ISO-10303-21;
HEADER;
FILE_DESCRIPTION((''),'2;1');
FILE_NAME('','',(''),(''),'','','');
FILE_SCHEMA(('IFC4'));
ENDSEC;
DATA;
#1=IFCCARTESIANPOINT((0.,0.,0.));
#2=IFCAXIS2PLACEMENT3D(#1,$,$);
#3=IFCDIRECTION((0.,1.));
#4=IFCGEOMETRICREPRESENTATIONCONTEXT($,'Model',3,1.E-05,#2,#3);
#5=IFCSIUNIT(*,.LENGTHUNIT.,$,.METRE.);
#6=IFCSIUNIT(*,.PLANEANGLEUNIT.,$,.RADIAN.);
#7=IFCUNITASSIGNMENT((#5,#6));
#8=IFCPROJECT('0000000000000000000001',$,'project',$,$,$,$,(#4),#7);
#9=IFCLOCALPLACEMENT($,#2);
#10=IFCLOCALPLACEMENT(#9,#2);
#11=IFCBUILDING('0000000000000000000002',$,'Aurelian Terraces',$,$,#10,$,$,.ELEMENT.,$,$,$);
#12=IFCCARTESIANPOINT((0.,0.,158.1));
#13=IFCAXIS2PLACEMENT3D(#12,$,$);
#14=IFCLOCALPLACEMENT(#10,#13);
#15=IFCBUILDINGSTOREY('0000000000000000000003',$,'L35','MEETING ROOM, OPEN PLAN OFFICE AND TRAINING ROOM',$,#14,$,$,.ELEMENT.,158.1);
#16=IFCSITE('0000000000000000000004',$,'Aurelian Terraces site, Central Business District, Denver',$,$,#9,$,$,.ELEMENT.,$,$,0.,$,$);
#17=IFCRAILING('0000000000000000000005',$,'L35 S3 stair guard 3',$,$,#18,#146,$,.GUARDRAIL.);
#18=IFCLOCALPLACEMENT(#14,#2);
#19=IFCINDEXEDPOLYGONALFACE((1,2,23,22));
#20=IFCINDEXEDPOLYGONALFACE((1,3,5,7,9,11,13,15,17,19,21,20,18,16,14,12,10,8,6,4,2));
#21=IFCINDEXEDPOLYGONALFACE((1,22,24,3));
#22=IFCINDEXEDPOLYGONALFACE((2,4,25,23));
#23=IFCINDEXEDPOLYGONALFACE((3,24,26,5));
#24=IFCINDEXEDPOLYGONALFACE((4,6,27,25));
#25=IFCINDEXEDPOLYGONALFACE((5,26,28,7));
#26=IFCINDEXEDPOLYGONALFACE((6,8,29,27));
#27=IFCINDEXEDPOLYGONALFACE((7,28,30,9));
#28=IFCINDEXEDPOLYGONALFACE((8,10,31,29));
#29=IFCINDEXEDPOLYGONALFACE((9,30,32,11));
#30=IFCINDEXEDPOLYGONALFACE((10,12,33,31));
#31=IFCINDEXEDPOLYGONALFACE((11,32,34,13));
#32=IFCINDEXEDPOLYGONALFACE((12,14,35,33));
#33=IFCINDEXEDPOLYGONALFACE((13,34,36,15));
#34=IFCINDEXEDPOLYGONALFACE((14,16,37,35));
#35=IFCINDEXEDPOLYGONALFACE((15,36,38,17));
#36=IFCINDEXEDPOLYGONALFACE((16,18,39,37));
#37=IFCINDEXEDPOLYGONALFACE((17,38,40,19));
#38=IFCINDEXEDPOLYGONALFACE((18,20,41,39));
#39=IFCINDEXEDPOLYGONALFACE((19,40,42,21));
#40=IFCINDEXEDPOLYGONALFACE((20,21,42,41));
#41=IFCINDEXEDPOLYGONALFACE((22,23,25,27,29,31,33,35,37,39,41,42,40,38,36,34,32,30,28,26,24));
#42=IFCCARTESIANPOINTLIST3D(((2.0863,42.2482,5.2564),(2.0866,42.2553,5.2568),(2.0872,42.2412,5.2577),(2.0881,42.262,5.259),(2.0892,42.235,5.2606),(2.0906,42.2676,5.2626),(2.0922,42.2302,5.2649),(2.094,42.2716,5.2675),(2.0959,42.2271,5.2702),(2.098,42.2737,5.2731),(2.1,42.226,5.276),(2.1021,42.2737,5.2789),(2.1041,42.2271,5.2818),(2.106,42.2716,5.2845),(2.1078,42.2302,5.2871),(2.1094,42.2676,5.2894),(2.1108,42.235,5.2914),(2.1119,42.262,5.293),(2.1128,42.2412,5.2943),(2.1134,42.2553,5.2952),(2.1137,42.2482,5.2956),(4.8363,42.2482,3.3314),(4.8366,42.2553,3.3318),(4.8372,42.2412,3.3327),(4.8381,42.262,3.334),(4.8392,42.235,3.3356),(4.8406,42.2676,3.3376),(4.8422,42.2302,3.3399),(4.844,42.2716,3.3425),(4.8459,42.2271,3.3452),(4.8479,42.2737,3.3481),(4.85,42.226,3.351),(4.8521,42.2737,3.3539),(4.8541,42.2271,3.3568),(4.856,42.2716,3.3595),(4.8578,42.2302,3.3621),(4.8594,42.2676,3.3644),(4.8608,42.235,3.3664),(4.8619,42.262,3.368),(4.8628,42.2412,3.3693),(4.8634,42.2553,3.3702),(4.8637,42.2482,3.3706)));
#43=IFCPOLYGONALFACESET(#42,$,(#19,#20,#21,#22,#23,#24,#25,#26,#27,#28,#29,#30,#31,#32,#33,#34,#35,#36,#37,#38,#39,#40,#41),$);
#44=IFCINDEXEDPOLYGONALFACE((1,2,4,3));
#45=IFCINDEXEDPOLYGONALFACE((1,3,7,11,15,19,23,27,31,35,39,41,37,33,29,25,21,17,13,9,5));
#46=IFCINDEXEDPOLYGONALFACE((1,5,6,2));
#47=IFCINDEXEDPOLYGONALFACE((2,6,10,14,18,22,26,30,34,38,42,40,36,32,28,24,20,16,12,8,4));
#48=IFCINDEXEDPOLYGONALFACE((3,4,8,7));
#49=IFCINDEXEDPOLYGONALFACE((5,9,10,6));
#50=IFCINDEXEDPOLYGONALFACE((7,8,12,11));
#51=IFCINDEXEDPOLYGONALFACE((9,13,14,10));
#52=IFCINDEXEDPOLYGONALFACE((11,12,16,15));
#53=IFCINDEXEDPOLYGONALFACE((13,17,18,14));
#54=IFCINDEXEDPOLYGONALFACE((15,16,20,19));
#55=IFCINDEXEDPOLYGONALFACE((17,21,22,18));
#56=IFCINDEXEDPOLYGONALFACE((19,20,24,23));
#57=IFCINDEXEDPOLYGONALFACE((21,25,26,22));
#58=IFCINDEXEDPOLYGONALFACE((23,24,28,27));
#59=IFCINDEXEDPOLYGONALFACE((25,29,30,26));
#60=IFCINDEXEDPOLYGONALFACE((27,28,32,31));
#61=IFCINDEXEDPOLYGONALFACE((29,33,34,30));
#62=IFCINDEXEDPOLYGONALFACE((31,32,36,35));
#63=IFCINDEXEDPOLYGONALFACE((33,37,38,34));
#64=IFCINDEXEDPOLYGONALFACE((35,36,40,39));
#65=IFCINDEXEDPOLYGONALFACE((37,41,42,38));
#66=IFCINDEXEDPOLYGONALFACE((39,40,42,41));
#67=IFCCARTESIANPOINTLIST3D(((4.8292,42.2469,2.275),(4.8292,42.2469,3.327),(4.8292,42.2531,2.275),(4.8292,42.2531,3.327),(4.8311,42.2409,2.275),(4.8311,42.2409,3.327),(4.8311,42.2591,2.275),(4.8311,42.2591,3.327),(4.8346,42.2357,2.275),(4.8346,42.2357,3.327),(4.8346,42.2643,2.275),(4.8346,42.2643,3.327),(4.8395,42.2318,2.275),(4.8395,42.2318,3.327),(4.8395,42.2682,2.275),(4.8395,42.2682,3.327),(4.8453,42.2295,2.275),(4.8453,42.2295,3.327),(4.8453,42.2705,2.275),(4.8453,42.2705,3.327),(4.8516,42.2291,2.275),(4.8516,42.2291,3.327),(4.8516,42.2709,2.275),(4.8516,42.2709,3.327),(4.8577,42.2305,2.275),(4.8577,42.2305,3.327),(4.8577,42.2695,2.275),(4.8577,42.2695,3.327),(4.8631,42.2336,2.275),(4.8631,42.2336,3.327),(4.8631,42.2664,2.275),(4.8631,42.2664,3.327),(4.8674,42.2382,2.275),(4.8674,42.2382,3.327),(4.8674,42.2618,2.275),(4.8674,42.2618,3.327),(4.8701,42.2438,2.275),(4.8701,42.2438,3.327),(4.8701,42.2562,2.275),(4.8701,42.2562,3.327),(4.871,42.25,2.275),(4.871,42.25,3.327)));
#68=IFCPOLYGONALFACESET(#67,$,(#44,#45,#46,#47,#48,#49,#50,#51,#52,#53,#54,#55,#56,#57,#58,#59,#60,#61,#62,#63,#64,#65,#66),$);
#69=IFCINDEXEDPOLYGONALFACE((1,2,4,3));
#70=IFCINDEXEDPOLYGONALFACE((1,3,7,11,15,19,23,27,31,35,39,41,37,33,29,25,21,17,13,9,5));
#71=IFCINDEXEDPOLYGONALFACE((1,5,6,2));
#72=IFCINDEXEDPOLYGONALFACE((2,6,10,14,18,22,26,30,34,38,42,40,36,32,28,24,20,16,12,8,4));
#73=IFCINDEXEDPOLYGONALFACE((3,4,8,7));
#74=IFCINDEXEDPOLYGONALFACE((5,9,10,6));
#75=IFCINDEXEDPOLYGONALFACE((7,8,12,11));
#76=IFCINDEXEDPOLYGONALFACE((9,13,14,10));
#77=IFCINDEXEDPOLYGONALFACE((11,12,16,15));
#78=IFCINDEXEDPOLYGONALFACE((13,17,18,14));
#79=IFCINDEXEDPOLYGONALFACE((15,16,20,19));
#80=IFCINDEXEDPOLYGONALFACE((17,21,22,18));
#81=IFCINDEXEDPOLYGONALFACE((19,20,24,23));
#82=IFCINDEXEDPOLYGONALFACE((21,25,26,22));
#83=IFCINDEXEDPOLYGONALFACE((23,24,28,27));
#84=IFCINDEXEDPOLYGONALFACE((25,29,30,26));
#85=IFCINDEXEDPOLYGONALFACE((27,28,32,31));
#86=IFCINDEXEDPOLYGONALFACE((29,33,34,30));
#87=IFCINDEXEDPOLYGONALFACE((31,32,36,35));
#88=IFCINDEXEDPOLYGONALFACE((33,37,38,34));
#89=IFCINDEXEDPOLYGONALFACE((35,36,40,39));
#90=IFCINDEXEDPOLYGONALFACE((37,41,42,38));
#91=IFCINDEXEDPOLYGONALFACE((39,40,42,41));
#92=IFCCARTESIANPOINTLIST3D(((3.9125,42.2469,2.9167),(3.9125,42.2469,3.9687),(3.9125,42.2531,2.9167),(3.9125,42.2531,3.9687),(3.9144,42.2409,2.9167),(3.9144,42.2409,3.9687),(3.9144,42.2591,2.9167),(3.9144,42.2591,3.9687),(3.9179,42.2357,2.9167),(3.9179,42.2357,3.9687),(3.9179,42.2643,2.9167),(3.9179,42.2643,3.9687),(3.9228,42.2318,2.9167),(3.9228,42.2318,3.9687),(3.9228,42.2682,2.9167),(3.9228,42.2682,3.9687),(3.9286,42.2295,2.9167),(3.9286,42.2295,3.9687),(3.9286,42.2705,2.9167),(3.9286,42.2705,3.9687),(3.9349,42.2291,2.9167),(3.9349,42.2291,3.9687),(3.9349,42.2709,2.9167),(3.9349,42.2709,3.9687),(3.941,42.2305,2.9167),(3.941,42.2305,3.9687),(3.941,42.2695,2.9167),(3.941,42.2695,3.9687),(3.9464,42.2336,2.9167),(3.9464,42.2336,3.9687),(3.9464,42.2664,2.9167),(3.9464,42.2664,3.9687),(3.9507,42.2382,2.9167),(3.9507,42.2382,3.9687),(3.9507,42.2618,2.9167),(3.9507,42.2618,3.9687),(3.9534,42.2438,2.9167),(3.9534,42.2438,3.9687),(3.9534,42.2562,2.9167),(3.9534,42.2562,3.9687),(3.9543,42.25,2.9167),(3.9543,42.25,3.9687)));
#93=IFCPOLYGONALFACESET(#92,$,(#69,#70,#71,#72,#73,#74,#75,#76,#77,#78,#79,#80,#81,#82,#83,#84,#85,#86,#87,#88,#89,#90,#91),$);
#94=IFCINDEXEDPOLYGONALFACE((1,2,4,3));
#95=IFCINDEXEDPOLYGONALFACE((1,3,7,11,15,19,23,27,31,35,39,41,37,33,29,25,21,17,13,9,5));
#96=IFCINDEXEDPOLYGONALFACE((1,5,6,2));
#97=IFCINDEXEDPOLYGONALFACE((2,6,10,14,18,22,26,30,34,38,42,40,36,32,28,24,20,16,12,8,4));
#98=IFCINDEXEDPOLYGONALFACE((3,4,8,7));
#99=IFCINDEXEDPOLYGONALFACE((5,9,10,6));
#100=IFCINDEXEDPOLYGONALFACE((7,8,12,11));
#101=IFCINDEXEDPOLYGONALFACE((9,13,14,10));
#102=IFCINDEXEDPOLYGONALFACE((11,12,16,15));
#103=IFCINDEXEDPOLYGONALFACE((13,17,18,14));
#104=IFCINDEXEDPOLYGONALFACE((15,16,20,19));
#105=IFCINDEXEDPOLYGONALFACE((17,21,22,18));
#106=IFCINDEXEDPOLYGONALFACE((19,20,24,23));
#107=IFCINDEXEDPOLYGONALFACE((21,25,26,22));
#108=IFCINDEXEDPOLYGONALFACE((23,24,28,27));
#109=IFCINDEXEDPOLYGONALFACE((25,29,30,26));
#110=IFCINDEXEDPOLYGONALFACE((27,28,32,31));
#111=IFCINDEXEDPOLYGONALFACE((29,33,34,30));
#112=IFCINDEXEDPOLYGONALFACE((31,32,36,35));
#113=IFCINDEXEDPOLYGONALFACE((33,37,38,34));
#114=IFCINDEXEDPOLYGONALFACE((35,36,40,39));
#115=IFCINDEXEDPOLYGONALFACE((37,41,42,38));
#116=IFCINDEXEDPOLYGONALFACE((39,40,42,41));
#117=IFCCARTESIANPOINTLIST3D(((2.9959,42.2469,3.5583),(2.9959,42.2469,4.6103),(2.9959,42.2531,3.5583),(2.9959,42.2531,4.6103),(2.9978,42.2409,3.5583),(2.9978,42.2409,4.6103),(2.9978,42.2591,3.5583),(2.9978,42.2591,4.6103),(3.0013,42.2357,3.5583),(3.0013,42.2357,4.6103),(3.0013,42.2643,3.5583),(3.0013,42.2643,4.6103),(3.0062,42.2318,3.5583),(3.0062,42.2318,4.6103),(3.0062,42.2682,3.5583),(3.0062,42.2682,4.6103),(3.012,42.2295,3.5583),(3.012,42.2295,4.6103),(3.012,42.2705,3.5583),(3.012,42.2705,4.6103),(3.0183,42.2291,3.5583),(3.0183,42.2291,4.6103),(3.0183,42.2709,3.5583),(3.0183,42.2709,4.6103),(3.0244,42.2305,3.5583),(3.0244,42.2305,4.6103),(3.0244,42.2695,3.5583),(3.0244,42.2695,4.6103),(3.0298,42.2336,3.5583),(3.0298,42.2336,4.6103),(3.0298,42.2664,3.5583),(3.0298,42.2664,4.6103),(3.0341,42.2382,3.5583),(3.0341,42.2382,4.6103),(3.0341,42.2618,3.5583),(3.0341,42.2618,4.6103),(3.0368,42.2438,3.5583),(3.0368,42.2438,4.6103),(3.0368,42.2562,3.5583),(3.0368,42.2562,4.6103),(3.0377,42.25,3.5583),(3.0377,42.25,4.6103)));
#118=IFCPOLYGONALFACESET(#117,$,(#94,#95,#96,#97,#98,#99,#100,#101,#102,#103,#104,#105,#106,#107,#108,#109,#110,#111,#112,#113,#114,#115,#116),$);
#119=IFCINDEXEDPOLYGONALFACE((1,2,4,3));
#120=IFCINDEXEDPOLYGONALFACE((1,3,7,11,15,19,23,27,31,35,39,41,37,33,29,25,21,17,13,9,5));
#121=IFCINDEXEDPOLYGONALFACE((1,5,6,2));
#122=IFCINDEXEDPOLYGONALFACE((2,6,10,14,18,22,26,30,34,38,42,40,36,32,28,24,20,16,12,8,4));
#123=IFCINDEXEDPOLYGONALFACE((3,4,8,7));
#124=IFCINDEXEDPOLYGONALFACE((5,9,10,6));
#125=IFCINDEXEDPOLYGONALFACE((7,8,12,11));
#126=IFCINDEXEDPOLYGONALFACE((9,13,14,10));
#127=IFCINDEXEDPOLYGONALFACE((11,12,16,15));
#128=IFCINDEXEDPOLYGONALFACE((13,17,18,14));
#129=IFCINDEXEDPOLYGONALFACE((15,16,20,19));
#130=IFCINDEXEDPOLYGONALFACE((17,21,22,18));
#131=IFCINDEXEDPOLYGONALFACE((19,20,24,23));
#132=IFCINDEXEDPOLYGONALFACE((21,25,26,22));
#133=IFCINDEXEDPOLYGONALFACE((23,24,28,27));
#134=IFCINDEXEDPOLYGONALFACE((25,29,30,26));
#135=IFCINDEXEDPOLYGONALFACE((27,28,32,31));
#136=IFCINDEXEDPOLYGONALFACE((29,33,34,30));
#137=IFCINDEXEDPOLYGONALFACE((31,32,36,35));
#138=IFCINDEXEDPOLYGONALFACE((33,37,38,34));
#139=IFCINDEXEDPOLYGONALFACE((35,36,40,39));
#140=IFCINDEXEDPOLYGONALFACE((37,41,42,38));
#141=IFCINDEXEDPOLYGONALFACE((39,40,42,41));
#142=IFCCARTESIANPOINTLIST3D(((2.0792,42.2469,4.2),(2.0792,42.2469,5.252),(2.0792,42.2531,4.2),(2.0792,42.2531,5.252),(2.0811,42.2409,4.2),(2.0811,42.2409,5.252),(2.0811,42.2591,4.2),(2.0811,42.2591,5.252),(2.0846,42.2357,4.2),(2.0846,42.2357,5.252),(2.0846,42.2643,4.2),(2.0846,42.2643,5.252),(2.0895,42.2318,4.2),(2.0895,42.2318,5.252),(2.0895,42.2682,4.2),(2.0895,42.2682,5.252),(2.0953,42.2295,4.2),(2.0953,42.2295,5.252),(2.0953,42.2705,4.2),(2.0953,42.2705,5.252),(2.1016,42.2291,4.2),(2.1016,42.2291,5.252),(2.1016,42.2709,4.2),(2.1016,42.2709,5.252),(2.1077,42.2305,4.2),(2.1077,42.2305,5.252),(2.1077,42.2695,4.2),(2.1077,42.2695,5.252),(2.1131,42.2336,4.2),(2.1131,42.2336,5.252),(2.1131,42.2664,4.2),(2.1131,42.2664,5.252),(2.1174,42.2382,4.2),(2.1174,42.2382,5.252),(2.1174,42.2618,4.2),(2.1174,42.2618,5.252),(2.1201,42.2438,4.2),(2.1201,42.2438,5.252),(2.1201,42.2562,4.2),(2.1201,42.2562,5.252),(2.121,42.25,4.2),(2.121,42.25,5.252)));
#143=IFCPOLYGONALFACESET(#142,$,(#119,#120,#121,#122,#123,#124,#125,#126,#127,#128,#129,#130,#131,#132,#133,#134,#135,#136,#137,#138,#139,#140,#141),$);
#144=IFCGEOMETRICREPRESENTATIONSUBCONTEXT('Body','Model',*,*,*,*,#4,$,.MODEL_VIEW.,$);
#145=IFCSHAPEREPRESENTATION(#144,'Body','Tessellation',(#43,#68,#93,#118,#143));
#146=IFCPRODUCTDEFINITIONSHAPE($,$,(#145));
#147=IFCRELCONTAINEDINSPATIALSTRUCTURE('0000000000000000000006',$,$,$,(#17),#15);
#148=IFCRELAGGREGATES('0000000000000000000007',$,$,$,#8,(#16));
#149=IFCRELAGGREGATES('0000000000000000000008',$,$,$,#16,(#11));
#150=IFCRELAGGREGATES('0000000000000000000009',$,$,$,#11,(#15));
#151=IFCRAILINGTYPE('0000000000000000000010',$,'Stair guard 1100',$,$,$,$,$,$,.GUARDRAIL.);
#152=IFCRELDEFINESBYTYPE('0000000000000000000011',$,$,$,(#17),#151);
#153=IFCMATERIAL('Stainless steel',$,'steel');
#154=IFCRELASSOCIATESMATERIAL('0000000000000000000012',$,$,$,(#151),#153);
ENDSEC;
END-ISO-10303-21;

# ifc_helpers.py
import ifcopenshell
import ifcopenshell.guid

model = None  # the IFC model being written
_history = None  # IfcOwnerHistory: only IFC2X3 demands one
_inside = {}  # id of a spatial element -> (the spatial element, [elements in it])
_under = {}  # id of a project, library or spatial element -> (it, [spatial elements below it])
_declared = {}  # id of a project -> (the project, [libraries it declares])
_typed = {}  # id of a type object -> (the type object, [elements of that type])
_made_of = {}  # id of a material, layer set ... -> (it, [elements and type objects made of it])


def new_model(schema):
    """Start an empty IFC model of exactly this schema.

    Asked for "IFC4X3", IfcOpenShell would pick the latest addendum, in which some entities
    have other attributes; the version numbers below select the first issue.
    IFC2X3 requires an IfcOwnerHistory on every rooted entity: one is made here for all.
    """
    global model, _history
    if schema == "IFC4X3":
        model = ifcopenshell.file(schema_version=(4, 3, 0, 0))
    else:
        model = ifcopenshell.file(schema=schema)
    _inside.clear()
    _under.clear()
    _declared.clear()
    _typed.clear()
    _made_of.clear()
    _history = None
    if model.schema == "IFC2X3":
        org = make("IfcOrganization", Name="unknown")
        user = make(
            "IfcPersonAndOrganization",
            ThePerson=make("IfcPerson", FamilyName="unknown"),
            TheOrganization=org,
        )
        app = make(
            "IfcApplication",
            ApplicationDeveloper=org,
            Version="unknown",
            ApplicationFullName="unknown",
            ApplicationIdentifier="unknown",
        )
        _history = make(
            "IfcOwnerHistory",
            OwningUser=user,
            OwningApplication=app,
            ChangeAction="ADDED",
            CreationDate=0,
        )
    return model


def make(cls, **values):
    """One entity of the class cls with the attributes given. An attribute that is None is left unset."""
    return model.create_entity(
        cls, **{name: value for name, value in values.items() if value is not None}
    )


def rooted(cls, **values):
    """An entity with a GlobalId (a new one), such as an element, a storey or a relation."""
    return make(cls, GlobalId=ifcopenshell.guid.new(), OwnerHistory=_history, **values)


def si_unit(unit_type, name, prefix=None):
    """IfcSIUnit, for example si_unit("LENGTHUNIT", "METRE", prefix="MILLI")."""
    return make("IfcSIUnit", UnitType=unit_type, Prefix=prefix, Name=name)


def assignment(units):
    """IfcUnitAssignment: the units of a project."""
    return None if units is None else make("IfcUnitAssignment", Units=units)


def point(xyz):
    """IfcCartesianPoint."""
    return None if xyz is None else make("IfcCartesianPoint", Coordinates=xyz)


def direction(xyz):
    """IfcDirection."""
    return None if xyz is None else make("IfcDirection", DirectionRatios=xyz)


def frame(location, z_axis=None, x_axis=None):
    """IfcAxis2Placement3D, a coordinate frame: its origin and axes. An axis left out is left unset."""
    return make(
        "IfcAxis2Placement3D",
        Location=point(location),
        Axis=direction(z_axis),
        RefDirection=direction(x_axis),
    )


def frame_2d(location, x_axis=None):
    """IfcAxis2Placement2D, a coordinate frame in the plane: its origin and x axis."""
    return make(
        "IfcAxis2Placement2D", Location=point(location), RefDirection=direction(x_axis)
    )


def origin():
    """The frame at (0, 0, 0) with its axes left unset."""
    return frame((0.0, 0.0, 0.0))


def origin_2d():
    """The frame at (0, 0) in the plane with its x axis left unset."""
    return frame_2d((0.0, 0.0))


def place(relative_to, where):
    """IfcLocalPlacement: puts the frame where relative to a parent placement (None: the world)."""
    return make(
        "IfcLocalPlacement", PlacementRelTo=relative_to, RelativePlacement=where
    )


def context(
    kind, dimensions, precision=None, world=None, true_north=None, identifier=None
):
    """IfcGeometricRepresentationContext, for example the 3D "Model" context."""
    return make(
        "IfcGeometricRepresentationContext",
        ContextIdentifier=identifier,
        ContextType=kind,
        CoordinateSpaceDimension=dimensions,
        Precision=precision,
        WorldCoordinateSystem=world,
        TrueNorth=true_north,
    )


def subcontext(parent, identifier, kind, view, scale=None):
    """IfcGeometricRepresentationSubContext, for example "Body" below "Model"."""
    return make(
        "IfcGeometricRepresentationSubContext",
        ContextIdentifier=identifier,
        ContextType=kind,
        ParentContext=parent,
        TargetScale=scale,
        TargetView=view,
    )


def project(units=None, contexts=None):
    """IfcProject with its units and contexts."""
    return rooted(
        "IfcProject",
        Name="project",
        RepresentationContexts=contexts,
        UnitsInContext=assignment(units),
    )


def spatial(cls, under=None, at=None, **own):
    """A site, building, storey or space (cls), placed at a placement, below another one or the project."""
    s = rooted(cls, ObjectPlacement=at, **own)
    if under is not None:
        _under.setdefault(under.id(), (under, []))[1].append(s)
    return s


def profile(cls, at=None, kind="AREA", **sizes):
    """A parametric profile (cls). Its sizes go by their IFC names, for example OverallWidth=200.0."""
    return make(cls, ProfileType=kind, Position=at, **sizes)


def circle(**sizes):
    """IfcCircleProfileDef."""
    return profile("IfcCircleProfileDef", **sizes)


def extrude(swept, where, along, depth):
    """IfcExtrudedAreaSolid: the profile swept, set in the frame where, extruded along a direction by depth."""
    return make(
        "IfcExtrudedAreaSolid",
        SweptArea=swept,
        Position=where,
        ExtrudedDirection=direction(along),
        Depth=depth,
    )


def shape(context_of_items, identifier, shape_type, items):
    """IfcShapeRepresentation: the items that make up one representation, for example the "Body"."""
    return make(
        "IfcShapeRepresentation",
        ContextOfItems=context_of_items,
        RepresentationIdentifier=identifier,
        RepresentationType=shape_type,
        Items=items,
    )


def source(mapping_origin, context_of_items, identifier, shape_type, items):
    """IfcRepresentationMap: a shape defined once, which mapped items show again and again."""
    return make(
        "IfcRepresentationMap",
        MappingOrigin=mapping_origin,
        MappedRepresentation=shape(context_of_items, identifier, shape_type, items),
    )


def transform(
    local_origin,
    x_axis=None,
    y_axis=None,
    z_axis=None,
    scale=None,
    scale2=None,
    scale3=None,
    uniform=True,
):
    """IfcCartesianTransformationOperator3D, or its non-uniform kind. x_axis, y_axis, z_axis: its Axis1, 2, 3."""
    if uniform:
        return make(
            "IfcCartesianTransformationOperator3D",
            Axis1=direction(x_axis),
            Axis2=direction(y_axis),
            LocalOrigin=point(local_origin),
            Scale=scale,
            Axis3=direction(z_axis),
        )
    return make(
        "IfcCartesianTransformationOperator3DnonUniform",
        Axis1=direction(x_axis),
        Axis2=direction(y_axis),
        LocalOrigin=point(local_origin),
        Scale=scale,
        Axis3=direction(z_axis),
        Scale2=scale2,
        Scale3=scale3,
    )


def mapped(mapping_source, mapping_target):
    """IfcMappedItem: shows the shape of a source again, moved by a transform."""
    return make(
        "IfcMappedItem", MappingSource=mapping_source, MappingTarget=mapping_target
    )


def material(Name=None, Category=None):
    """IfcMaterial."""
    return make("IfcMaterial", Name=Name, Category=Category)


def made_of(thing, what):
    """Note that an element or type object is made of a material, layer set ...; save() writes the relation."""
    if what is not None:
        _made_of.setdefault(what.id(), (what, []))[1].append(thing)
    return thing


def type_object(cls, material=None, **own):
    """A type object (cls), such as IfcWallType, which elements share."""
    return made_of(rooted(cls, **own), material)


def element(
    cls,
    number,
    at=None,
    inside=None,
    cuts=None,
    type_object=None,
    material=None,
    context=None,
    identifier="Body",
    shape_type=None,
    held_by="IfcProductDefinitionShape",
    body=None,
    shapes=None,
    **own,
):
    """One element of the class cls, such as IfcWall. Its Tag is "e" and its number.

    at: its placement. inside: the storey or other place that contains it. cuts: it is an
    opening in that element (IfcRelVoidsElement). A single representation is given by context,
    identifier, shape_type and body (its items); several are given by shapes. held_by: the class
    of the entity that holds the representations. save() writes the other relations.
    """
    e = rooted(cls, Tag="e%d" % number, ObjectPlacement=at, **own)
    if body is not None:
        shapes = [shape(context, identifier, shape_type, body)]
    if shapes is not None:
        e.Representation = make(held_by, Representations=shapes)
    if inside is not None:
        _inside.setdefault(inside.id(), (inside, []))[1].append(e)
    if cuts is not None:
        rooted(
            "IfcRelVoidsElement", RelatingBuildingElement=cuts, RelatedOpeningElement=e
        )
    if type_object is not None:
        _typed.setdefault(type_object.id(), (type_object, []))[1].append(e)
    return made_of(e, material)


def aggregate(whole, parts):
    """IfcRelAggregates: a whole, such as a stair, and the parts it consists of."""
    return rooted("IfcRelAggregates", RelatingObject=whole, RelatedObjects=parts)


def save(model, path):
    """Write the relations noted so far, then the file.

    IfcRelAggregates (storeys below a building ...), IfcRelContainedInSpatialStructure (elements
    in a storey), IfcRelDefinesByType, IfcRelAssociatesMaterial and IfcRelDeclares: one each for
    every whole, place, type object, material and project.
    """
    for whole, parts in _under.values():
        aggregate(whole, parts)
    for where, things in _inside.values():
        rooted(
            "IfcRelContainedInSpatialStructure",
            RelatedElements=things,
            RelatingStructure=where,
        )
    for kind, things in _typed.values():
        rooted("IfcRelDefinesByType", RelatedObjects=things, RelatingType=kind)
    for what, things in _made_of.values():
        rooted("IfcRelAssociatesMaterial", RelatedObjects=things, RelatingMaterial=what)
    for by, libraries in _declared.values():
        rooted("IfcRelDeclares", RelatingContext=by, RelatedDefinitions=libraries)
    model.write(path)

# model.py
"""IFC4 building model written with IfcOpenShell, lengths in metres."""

from ifc_helpers import new_model, si_unit, direction, frame, origin, origin_2d, place, context, subcontext, project, spatial, circle, extrude, source, transform, mapped, material, type_object, element, save


model = new_model("IFC4")

# Units and contexts
model_context = context("Model", 3, precision=1e-05, world=origin(), true_north=direction((0.0, 1.0)))
body_context = subcontext(model_context, "Body", "Model", "MODEL_VIEW")
ifc_project = project(units=[si_unit("LENGTHUNIT", "METRE"), si_unit("PLANEANGLEUNIT", "RADIAN")], contexts=[model_context])

# Site, building, storey
site_placement = place(None, origin())
site = spatial("IfcSite", under=ifc_project, at=site_placement, Name="Aurelian Terraces site, Central Business District, Denver", CompositionType="ELEMENT", RefElevation=0.0)
building_placement = place(site_placement, origin())
building = spatial("IfcBuilding", under=site, at=building_placement, Name="Aurelian Terraces", CompositionType="ELEMENT")
storey_placement = place(building_placement, frame((0.0, 0.0, 158.1)))
storey = spatial("IfcBuildingStorey", under=building, at=storey_placement, Name="L35", Description="MEETING ROOM, OPEN PLAN OFFICE AND TRAINING ROOM", CompositionType="ELEMENT", Elevation=158.1)

# Railing
ifc_material_1 = material(Name="Stainless steel", Category="steel")
railing_type_1 = type_object("IfcRailingType", Name="Stair guard 1100", PredefinedType="GUARDRAIL", material=ifc_material_1)
shared_shape_1 = source(origin(), body_context, "Body", "SweptSolid", [
    extrude(circle(Radius=0.024, at=origin_2d()), frame((0.0, 0.0, 1.076), z_axis=(-0.819232, 0.0, 0.573462), x_axis=(0.0, -1.0, 0.0)), (0.0, 0.0, 1.0), 3.3568),
    extrude(circle(Radius=0.021, at=origin_2d()), origin(), (0.0, 0.0, 1.0), 1.052),
    extrude(circle(Radius=0.021, at=origin_2d()), frame((-0.9167, 0.0, 0.6417)), (0.0, 0.0, 1.0), 1.052),
    extrude(circle(Radius=0.021, at=origin_2d()), frame((-1.8333, 0.0, 1.2833)), (0.0, 0.0, 1.0), 1.052),
    extrude(circle(Radius=0.021, at=origin_2d()), frame((-2.75, 0.0, 1.925)), (0.0, 0.0, 1.0), 1.052),
])
railing_1_placement = place(storey_placement, frame((4.85, 42.25, 2.275)))
element("IfcRailing", 1, at=railing_1_placement, inside=storey, type_object=railing_type_1, Name="L35 S3 stair guard 3", PredefinedType="GUARDRAIL", context=body_context, shape_type="MappedRepresentation", body=[
    mapped(shared_shape_1, transform((0.0, 0.0, 0.0), scale=1.0)),
])

save(model, "model.ifc")
